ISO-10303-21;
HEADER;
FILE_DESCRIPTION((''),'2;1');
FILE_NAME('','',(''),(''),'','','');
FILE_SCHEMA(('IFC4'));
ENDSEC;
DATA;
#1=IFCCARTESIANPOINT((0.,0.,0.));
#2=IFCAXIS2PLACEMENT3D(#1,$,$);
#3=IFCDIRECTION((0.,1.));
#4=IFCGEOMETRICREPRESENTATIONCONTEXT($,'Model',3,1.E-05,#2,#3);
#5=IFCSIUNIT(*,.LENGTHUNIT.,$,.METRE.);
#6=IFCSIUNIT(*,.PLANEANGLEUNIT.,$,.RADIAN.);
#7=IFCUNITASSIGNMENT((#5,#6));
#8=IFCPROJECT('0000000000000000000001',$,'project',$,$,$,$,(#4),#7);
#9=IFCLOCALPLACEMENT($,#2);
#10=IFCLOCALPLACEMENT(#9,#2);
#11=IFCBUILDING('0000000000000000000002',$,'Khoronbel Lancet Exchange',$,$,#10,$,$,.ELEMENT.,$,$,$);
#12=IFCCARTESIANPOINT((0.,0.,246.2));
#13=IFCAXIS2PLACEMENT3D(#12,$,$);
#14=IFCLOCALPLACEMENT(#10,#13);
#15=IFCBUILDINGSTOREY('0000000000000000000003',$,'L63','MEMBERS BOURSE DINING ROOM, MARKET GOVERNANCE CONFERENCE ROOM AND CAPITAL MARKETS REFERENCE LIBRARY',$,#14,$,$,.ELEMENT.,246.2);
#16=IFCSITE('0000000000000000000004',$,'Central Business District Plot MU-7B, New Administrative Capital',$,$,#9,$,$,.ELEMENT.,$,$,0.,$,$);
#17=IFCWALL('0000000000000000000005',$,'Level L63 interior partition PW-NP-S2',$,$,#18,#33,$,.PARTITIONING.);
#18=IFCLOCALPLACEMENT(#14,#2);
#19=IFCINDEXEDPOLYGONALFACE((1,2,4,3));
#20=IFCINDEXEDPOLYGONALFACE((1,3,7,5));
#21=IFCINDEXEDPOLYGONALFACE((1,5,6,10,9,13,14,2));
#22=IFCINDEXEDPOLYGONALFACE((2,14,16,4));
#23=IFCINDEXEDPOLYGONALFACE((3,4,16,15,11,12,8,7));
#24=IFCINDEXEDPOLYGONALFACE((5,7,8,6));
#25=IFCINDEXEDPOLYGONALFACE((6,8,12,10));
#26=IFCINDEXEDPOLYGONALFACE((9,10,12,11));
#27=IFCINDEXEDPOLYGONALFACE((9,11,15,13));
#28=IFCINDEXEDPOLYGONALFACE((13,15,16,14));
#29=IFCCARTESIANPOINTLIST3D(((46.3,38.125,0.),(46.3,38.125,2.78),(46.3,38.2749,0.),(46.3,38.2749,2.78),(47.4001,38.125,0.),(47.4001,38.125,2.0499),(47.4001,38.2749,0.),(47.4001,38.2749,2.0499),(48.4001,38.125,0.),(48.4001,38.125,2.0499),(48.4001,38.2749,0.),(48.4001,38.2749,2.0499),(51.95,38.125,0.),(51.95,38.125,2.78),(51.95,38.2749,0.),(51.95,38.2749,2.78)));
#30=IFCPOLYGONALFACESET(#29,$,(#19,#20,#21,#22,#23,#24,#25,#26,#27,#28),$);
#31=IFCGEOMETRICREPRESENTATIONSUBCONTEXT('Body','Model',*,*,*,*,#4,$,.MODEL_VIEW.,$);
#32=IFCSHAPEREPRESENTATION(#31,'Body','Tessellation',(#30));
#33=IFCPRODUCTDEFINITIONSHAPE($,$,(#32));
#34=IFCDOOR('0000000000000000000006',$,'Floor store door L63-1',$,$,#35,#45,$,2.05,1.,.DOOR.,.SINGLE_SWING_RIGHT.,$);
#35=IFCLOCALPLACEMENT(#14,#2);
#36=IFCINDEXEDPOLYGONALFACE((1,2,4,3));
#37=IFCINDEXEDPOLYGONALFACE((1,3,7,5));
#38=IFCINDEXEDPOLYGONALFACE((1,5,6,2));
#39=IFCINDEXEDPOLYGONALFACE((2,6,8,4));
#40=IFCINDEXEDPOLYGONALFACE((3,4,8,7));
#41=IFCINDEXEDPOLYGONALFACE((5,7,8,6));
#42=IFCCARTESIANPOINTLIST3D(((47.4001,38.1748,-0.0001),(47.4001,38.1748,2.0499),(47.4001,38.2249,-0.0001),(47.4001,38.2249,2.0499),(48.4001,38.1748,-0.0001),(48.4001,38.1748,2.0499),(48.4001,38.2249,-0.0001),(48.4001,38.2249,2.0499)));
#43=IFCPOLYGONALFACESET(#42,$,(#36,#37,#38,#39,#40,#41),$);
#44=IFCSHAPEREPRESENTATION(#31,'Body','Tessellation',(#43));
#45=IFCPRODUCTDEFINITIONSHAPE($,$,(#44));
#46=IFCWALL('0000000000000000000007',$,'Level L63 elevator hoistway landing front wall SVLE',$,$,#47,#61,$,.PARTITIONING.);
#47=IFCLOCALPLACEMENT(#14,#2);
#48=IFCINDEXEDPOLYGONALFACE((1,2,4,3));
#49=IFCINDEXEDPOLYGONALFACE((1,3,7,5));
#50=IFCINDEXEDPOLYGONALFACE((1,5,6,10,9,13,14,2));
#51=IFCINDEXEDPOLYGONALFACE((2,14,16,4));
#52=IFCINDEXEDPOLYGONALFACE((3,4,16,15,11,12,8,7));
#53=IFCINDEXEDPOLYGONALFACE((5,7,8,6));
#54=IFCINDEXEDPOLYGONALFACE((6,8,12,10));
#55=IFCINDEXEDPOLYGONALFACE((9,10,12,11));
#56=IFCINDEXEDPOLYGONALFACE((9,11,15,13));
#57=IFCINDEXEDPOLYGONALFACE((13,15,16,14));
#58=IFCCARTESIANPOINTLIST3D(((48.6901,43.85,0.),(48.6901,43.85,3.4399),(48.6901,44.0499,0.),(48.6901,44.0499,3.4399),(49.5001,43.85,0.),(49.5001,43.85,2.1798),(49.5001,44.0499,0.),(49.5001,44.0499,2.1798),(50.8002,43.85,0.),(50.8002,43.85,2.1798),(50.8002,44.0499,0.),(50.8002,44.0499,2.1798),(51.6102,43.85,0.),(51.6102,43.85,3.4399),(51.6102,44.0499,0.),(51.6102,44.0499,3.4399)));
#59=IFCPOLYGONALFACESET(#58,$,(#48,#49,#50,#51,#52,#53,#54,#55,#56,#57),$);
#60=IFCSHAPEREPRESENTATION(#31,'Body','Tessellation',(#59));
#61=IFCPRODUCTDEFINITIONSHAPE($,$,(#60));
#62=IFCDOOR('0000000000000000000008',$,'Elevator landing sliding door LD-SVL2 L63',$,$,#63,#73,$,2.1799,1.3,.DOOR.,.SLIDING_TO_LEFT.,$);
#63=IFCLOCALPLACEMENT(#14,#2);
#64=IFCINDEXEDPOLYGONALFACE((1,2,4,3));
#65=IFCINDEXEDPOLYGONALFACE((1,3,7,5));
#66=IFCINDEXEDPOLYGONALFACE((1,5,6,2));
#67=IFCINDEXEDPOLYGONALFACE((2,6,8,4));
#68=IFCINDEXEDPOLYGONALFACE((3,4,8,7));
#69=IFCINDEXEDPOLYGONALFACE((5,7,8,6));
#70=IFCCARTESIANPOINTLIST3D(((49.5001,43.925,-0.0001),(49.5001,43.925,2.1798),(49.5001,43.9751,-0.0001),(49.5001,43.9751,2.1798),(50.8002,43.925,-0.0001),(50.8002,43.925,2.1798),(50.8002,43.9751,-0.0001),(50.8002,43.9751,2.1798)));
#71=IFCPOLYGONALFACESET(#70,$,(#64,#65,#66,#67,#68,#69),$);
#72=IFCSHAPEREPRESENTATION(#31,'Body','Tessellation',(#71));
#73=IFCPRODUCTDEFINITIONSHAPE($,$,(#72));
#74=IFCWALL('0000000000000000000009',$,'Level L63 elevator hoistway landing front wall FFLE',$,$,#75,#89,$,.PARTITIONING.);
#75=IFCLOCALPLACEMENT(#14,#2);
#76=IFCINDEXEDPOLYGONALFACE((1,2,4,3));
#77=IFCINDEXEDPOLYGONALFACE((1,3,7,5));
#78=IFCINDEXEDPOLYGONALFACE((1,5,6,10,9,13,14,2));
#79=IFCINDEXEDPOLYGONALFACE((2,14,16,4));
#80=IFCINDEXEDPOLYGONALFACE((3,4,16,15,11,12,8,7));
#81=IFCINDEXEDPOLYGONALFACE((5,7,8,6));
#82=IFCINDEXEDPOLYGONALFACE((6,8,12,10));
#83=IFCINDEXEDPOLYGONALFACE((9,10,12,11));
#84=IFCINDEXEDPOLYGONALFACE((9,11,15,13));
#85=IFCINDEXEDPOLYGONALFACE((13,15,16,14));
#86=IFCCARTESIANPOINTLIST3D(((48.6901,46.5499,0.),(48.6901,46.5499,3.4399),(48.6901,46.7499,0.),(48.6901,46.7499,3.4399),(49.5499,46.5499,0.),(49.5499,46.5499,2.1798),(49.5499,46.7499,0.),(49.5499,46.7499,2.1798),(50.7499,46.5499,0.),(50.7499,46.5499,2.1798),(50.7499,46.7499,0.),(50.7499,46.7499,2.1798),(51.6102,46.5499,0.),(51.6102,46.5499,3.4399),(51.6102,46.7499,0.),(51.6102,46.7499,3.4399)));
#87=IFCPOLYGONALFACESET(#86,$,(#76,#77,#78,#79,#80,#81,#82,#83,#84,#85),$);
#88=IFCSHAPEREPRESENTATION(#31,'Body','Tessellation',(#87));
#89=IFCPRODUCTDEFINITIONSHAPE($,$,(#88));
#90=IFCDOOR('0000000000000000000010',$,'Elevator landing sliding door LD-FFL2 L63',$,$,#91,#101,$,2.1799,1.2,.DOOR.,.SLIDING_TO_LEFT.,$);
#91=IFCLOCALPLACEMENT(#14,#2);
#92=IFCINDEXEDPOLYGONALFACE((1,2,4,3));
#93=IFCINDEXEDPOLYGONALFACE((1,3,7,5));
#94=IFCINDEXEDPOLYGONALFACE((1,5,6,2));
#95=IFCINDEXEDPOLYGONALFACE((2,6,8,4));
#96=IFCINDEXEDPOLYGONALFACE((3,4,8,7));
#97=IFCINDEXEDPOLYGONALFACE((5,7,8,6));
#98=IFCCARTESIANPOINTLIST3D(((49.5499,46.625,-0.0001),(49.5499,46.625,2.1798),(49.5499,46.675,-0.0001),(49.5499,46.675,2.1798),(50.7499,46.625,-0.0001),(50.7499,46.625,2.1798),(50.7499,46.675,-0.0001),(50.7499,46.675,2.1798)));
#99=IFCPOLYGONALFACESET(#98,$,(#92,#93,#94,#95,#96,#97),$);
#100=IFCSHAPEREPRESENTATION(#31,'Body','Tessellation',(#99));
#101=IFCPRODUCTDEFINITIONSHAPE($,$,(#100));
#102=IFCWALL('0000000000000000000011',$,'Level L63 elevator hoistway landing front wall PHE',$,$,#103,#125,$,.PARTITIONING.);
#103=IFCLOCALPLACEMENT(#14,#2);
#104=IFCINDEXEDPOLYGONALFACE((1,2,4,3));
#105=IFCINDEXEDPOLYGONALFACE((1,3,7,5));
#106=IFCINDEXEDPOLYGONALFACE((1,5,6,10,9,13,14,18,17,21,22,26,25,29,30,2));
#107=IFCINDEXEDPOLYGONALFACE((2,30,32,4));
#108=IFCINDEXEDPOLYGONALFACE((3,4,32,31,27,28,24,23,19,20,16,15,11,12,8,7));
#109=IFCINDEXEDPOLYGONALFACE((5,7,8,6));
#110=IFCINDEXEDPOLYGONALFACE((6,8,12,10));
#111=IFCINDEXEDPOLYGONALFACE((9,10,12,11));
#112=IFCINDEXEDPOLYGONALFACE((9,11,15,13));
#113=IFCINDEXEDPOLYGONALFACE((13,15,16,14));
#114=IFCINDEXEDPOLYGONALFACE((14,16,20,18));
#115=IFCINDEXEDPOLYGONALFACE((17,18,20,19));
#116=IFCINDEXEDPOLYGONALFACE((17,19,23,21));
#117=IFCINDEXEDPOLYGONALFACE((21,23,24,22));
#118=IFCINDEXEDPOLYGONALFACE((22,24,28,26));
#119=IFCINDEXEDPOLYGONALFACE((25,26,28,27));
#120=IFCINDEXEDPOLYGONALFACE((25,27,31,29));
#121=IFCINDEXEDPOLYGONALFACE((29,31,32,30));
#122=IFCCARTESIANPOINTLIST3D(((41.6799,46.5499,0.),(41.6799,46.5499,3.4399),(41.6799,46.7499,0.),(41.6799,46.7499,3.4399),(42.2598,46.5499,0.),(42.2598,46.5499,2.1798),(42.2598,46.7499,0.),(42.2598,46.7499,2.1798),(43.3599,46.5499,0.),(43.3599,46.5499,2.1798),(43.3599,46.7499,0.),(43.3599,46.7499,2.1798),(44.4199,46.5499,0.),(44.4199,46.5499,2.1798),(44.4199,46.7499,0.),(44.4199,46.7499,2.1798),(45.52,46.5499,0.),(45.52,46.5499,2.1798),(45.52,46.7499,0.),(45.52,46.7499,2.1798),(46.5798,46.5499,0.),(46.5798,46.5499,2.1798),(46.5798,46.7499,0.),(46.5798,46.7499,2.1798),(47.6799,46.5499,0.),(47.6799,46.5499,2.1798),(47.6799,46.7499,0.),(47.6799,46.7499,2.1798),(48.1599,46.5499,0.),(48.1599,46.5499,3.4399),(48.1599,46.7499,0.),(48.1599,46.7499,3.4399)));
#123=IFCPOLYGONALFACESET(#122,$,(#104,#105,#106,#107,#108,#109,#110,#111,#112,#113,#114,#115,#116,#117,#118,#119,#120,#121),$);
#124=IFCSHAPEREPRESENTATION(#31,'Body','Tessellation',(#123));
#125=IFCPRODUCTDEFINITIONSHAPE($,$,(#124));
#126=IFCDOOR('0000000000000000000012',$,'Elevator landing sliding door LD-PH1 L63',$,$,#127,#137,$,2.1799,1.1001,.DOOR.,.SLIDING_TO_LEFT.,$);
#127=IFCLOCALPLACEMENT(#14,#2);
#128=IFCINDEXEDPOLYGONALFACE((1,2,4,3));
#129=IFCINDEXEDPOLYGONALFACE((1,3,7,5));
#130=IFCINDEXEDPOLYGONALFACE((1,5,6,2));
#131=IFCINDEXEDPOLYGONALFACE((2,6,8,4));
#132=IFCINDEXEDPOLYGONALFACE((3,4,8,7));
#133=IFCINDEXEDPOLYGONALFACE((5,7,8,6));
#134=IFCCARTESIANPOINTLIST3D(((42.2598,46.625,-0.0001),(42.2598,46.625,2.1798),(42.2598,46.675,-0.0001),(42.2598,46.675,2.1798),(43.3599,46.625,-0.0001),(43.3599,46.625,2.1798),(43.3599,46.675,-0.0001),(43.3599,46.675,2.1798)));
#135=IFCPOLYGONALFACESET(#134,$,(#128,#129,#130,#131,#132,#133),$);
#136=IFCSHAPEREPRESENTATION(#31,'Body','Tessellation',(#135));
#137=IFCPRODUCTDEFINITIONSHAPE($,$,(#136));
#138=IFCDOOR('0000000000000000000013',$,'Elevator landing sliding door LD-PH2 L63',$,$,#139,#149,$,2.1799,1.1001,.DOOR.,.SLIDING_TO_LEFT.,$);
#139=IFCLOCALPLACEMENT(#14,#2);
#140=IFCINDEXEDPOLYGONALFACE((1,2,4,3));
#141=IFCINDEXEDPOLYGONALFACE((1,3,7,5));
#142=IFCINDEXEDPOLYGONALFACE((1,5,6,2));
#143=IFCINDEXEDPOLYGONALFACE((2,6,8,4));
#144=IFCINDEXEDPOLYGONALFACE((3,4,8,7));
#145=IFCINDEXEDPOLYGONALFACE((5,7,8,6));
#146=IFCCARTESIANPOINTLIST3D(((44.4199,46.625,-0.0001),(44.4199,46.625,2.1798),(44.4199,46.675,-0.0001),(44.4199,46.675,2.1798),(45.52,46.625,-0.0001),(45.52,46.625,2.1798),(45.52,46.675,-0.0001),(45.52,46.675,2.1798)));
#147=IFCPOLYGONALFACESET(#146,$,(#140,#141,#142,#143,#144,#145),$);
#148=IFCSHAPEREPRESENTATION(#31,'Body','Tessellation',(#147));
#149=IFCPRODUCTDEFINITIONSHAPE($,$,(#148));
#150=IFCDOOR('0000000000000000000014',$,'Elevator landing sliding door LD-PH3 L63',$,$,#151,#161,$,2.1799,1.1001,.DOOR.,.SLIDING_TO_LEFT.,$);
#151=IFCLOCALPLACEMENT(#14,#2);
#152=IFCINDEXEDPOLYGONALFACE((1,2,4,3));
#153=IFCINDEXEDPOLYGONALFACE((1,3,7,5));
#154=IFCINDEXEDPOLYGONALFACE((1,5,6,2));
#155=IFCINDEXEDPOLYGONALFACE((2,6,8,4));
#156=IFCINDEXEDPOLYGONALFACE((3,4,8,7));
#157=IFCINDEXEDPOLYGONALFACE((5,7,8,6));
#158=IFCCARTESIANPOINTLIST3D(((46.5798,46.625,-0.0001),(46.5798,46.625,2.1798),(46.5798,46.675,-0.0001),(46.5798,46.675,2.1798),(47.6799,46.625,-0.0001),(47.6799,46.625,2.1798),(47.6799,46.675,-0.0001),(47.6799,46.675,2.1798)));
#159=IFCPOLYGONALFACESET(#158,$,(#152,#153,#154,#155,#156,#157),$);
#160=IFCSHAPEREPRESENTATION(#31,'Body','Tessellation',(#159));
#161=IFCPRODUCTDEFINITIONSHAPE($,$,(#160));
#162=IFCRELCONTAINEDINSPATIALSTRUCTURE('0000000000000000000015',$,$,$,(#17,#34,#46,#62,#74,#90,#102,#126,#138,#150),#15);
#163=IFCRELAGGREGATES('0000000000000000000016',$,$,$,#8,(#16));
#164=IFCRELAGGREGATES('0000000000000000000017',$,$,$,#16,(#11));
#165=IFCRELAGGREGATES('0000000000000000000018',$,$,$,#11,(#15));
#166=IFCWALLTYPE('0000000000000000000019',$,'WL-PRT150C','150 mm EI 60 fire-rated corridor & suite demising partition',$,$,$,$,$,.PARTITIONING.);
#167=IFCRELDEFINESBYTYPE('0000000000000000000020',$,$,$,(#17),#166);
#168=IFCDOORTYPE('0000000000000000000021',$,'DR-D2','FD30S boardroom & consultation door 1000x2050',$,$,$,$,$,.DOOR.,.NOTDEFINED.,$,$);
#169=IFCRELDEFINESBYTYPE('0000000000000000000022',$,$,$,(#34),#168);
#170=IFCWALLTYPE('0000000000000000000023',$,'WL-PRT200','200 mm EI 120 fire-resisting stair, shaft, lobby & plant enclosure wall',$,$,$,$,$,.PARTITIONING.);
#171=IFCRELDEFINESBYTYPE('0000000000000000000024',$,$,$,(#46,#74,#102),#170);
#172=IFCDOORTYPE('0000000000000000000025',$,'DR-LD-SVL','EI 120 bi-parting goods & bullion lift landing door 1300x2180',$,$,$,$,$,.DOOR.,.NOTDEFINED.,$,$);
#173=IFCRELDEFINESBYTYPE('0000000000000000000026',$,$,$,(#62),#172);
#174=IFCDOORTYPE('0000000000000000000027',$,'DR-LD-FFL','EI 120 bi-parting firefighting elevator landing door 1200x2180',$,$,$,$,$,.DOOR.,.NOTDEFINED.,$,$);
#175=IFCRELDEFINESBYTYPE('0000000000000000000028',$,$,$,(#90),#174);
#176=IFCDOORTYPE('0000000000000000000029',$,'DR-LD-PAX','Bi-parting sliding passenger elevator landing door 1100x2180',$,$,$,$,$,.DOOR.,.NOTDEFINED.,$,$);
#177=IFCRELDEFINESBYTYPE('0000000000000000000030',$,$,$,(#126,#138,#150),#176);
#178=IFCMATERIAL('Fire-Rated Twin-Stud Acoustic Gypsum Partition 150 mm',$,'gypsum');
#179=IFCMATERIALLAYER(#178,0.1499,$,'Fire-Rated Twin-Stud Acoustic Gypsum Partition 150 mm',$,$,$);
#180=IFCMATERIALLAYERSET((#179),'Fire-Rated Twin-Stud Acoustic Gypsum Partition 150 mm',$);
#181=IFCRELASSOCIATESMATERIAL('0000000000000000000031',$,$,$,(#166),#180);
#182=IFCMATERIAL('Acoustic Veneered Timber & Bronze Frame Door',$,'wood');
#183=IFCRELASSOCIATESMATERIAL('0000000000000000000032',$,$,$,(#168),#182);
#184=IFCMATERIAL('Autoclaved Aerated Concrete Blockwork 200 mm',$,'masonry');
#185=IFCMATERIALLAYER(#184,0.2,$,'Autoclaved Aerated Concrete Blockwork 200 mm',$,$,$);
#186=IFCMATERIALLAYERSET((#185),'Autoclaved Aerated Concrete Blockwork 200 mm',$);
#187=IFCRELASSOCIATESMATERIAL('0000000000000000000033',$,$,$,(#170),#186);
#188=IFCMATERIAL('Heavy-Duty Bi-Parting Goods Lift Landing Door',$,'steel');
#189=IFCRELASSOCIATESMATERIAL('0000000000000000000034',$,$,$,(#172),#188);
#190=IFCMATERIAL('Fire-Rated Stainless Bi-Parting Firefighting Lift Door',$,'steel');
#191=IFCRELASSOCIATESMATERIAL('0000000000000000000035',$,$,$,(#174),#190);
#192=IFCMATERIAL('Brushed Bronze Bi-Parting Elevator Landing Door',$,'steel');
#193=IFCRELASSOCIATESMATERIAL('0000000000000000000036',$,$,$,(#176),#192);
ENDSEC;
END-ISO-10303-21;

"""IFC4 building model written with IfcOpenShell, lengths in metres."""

from ifc_helpers import new_model, si_unit, direction, frame, frame_2d, origin, place, context, subcontext, project, spatial, rectangle, extrude, material, layer, layer_set, type_object, element, fill, save


model = new_model("IFC4")

# Units and contexts
model_context = context("Model", 3, precision=1e-05, world=origin(), true_north=direction((0.0, 1.0)))
body_context = subcontext(model_context, "Body", "Model", "MODEL_VIEW")
ifc_project = project(units=[si_unit("LENGTHUNIT", "METRE"), si_unit("PLANEANGLEUNIT", "RADIAN")], contexts=[model_context])

# Site, building, storey
site_placement = place(None, origin())
site = spatial("IfcSite", under=ifc_project, at=site_placement, Name="Central Business District Plot MU-7B, New Administrative Capital", CompositionType="ELEMENT", RefElevation=0.0)
building_placement = place(site_placement, origin())
building = spatial("IfcBuilding", under=site, at=building_placement, Name="Khoronbel Lancet Exchange", CompositionType="ELEMENT")
storey_placement = place(building_placement, frame((0.0, 0.0, 246.2)))
storey = spatial("IfcBuildingStorey", under=building, at=storey_placement, Name="L63", Description="MEMBERS BOURSE DINING ROOM, MARKET GOVERNANCE CONFERENCE ROOM AND CAPITAL MARKETS REFERENCE LIBRARY", CompositionType="ELEMENT", Elevation=246.2)

# Walls, openings, doors
ifc_material_1 = material(Name="Fire-Rated Twin-Stud Acoustic Gypsum Partition 150 mm", Category="gypsum")
ifc_layer_1 = layer(ifc_material_1, 0.1499, Name="Fire-Rated Twin-Stud Acoustic Gypsum Partition 150 mm")
ifc_layer_set_1 = layer_set([ifc_layer_1], Name="Fire-Rated Twin-Stud Acoustic Gypsum Partition 150 mm")
wall_type_1 = type_object("IfcWallType", Name="WL-PRT150C", Description="150 mm EI 60 fire-rated corridor & suite demising partition", PredefinedType="PARTITIONING", material=ifc_layer_set_1)
wall_1_placement = place(storey_placement, frame((46.3, 38.2, 0.0), z_axis=(0.0, 0.0, 1.0), x_axis=(1.0, 0.0, 0.0)))
wall_1 = element("IfcWall", 1, at=wall_1_placement, inside=storey, type_object=wall_type_1, Name="Level L63 interior partition PW-NP-S2", PredefinedType="PARTITIONING", context=body_context, shape_type="SweptSolid", body=[
    extrude(rectangle(XDim=5.6499, YDim=0.1499, at=frame_2d((2.825, 0.0))), origin(), (0.0, 0.0, 1.0), 2.78),
])
opening_1_placement = place(wall_1_placement, frame((1.1001, 0.0, 0.0)))
opening_1 = element("IfcOpeningElement", 2, at=opening_1_placement, cuts=wall_1, PredefinedType="OPENING", context=body_context, shape_type="SweptSolid", body=[
    extrude(rectangle(XDim=1.0, YDim=2.05, at=frame_2d((0.5, 1.0249))), frame((0.0, 0.085, 0.0), z_axis=(0.0, -1.0, 0.0), x_axis=(1.0, 0.0, 0.0)), (0.0, 0.0, 1.0), 0.1699),
])
ifc_material_2 = material(Name="Acoustic Veneered Timber & Bronze Frame Door", Category="wood")
door_type_1 = type_object("IfcDoorType", Name="DR-D2", Description="FD30S boardroom & consultation door 1000x2050", OperationType="NOTDEFINED", PredefinedType="DOOR", material=ifc_material_2)
door_1_placement = place(opening_1_placement, origin())
door_1 = element("IfcDoor", 3, at=door_1_placement, inside=storey, type_object=door_type_1, Name="Floor store door L63-1", OperationType="SINGLE_SWING_RIGHT", OverallHeight=2.05, OverallWidth=1.0, PredefinedType="DOOR", context=body_context, shape_type="SweptSolid", body=[
    extrude(rectangle(XDim=1.0, YDim=2.05, at=frame_2d((0.5, 1.0249))), frame((0.0, 0.0249, 0.0), z_axis=(0.0, -1.0, 0.0), x_axis=(1.0, 0.0, 0.0)), (0.0, 0.0, 1.0), 0.05),
])
fill(opening_1, door_1)
ifc_material_3 = material(Name="Autoclaved Aerated Concrete Blockwork 200 mm", Category="masonry")
ifc_layer_2 = layer(ifc_material_3, 0.2, Name="Autoclaved Aerated Concrete Blockwork 200 mm")
ifc_layer_set_2 = layer_set([ifc_layer_2], Name="Autoclaved Aerated Concrete Blockwork 200 mm")
wall_type_2 = type_object("IfcWallType", Name="WL-PRT200", Description="200 mm EI 120 fire-resisting stair, shaft, lobby & plant enclosure wall", PredefinedType="PARTITIONING", material=ifc_layer_set_2)
wall_2_placement = place(storey_placement, frame((51.6101, 43.95, 0.0), z_axis=(0.0, 0.0, 1.0), x_axis=(-1.0, 0.0, 0.0)))
wall_2 = element("IfcWall", 4, at=wall_2_placement, inside=storey, type_object=wall_type_2, Name="Level L63 elevator hoistway landing front wall SVLE", PredefinedType="PARTITIONING", context=body_context, shape_type="SweptSolid", body=[
    extrude(rectangle(XDim=2.9202, YDim=0.2, at=frame_2d((1.46, 0.0))), origin(), (0.0, 0.0, 1.0), 3.4399),
])
opening_2_placement = place(wall_2_placement, frame((0.8101, 0.0, 0.0)))
opening_2 = element("IfcOpeningElement", 5, at=opening_2_placement, cuts=wall_2, PredefinedType="OPENING", context=body_context, shape_type="SweptSolid", body=[
    extrude(rectangle(XDim=1.3, YDim=2.1799, at=frame_2d((0.6499, 1.0898))), frame((0.0, 0.1099, 0.0), z_axis=(0.0, -1.0, 0.0), x_axis=(1.0, 0.0, 0.0)), (0.0, 0.0, 1.0), 0.22),
])
ifc_material_4 = material(Name="Heavy-Duty Bi-Parting Goods Lift Landing Door", Category="steel")
door_type_2 = type_object("IfcDoorType", Name="DR-LD-SVL", Description="EI 120 bi-parting goods & bullion lift landing door 1300x2180", OperationType="NOTDEFINED", PredefinedType="DOOR", material=ifc_material_4)
door_2_placement = place(opening_2_placement, origin())
door_2 = element("IfcDoor", 6, at=door_2_placement, inside=storey, type_object=door_type_2, Name="Elevator landing sliding door LD-SVL2 L63", OperationType="SLIDING_TO_LEFT", OverallHeight=2.1799, OverallWidth=1.3, PredefinedType="DOOR", context=body_context, shape_type="SweptSolid", body=[
    extrude(rectangle(XDim=1.3, YDim=2.1799, at=frame_2d((0.6499, 1.0898))), frame((0.0, 0.0249, 0.0), z_axis=(0.0, -1.0, 0.0), x_axis=(1.0, 0.0, 0.0)), (0.0, 0.0, 1.0), 0.05),
])
fill(opening_2, door_2)
wall_3_placement = place(storey_placement, frame((51.6101, 46.6499, 0.0), z_axis=(0.0, 0.0, 1.0), x_axis=(-1.0, 0.0, 0.0)))
wall_3 = element("IfcWall", 7, at=wall_3_placement, inside=storey, type_object=wall_type_2, Name="Level L63 elevator hoistway landing front wall FFLE", PredefinedType="PARTITIONING", context=body_context, shape_type="SweptSolid", body=[
    extrude(rectangle(XDim=2.9202, YDim=0.2, at=frame_2d((1.46, 0.0))), origin(), (0.0, 0.0, 1.0), 3.4399),
])
opening_3_placement = place(wall_3_placement, frame((0.8601, 0.0, 0.0)))
opening_3 = element("IfcOpeningElement", 8, at=opening_3_placement, cuts=wall_3, PredefinedType="OPENING", context=body_context, shape_type="SweptSolid", body=[
    extrude(rectangle(XDim=1.2, YDim=2.1799, at=frame_2d((0.6001, 1.0898))), frame((0.0, 0.1099, 0.0), z_axis=(0.0, -1.0, 0.0), x_axis=(1.0, 0.0, 0.0)), (0.0, 0.0, 1.0), 0.22),
])
ifc_material_5 = material(Name="Fire-Rated Stainless Bi-Parting Firefighting Lift Door", Category="steel")
door_type_3 = type_object("IfcDoorType", Name="DR-LD-FFL", Description="EI 120 bi-parting firefighting elevator landing door 1200x2180", OperationType="NOTDEFINED", PredefinedType="DOOR", material=ifc_material_5)
door_3_placement = place(opening_3_placement, origin())
door_3 = element("IfcDoor", 9, at=door_3_placement, inside=storey, type_object=door_type_3, Name="Elevator landing sliding door LD-FFL2 L63", OperationType="SLIDING_TO_LEFT", OverallHeight=2.1799, OverallWidth=1.2, PredefinedType="DOOR", context=body_context, shape_type="SweptSolid", body=[
    extrude(rectangle(XDim=1.2, YDim=2.1799, at=frame_2d((0.6001, 1.0898))), frame((0.0, 0.0249, 0.0), z_axis=(0.0, -1.0, 0.0), x_axis=(1.0, 0.0, 0.0)), (0.0, 0.0, 1.0), 0.05),
])
fill(opening_3, door_3)

# Wall, openings, doors
wall_4_placement = place(storey_placement, frame((48.1599, 46.6499, 0.0), z_axis=(0.0, 0.0, 1.0), x_axis=(-1.0, 0.0, 0.0)))
wall_4 = element("IfcWall", 10, at=wall_4_placement, inside=storey, type_object=wall_type_2, Name="Level L63 elevator hoistway landing front wall PHE", PredefinedType="PARTITIONING", context=body_context, shape_type="SweptSolid", body=[
    extrude(rectangle(XDim=6.48, YDim=0.2, at=frame_2d((3.24, 0.0))), origin(), (0.0, 0.0, 1.0), 3.4399),
])
opening_4_placement = place(wall_4_placement, frame((4.8, 0.0, 0.0)))
opening_4 = element("IfcOpeningElement", 11, at=opening_4_placement, cuts=wall_4, PredefinedType="OPENING", context=body_context, shape_type="SweptSolid", body=[
    extrude(rectangle(XDim=1.1001, YDim=2.1799, at=frame_2d((0.55, 1.0898))), frame((0.0, 0.1099, 0.0), z_axis=(0.0, -1.0, 0.0), x_axis=(1.0, 0.0, 0.0)), (0.0, 0.0, 1.0), 0.22),
])
opening_5_placement = place(wall_4_placement, frame((2.6399, 0.0, 0.0)))
opening_5 = element("IfcOpeningElement", 12, at=opening_5_placement, cuts=wall_4, PredefinedType="OPENING", context=body_context, shape_type="SweptSolid", body=[
    extrude(rectangle(XDim=1.1001, YDim=2.1799, at=frame_2d((0.55, 1.0898))), frame((0.0, 0.1099, 0.0), z_axis=(0.0, -1.0, 0.0), x_axis=(1.0, 0.0, 0.0)), (0.0, 0.0, 1.0), 0.22),
])
opening_6_placement = place(wall_4_placement, frame((0.48, 0.0, 0.0)))
opening_6 = element("IfcOpeningElement", 13, at=opening_6_placement, cuts=wall_4, PredefinedType="OPENING", context=body_context, shape_type="SweptSolid", body=[
    extrude(rectangle(XDim=1.1001, YDim=2.1799, at=frame_2d((0.55, 1.0898))), frame((0.0, 0.1099, 0.0), z_axis=(0.0, -1.0, 0.0), x_axis=(1.0, 0.0, 0.0)), (0.0, 0.0, 1.0), 0.22),
])
ifc_material_6 = material(Name="Brushed Bronze Bi-Parting Elevator Landing Door", Category="steel")
door_type_4 = type_object("IfcDoorType", Name="DR-LD-PAX", Description="Bi-parting sliding passenger elevator landing door 1100x2180", OperationType="NOTDEFINED", PredefinedType="DOOR", material=ifc_material_6)
door_4_placement = place(opening_4_placement, origin())
door_4 = element("IfcDoor", 14, at=door_4_placement, inside=storey, type_object=door_type_4, Name="Elevator landing sliding door LD-PH1 L63", OperationType="SLIDING_TO_LEFT", OverallHeight=2.1799, OverallWidth=1.1001, PredefinedType="DOOR", context=body_context, shape_type="SweptSolid", body=[
    extrude(rectangle(XDim=1.1001, YDim=2.1799, at=frame_2d((0.55, 1.0898))), frame((0.0, 0.0249, 0.0), z_axis=(0.0, -1.0, 0.0), x_axis=(1.0, 0.0, 0.0)), (0.0, 0.0, 1.0), 0.05),
])
fill(opening_4, door_4)
door_5_placement = place(opening_5_placement, origin())
door_5 = element("IfcDoor", 15, at=door_5_placement, inside=storey, type_object=door_type_4, Name="Elevator landing sliding door LD-PH2 L63", OperationType="SLIDING_TO_LEFT", OverallHeight=2.1799, OverallWidth=1.1001, PredefinedType="DOOR", context=body_context, shape_type="SweptSolid", body=[
    extrude(rectangle(XDim=1.1001, YDim=2.1799, at=frame_2d((0.55, 1.0898))), frame((0.0, 0.0249, 0.0), z_axis=(0.0, -1.0, 0.0), x_axis=(1.0, 0.0, 0.0)), (0.0, 0.0, 1.0), 0.05),
])
fill(opening_5, door_5)
door_6_placement = place(opening_6_placement, origin())
door_6 = element("IfcDoor", 16, at=door_6_placement, inside=storey, type_object=door_type_4, Name="Elevator landing sliding door LD-PH3 L63", OperationType="SLIDING_TO_LEFT", OverallHeight=2.1799, OverallWidth=1.1001, PredefinedType="DOOR", context=body_context, shape_type="SweptSolid", body=[
    extrude(rectangle(XDim=1.1001, YDim=2.1799, at=frame_2d((0.55, 1.0898))), frame((0.0, 0.0249, 0.0), z_axis=(0.0, -1.0, 0.0), x_axis=(1.0, 0.0, 0.0)), (0.0, 0.0, 1.0), 0.05),
])
fill(opening_6, door_6)

save(model, "model.ifc")
